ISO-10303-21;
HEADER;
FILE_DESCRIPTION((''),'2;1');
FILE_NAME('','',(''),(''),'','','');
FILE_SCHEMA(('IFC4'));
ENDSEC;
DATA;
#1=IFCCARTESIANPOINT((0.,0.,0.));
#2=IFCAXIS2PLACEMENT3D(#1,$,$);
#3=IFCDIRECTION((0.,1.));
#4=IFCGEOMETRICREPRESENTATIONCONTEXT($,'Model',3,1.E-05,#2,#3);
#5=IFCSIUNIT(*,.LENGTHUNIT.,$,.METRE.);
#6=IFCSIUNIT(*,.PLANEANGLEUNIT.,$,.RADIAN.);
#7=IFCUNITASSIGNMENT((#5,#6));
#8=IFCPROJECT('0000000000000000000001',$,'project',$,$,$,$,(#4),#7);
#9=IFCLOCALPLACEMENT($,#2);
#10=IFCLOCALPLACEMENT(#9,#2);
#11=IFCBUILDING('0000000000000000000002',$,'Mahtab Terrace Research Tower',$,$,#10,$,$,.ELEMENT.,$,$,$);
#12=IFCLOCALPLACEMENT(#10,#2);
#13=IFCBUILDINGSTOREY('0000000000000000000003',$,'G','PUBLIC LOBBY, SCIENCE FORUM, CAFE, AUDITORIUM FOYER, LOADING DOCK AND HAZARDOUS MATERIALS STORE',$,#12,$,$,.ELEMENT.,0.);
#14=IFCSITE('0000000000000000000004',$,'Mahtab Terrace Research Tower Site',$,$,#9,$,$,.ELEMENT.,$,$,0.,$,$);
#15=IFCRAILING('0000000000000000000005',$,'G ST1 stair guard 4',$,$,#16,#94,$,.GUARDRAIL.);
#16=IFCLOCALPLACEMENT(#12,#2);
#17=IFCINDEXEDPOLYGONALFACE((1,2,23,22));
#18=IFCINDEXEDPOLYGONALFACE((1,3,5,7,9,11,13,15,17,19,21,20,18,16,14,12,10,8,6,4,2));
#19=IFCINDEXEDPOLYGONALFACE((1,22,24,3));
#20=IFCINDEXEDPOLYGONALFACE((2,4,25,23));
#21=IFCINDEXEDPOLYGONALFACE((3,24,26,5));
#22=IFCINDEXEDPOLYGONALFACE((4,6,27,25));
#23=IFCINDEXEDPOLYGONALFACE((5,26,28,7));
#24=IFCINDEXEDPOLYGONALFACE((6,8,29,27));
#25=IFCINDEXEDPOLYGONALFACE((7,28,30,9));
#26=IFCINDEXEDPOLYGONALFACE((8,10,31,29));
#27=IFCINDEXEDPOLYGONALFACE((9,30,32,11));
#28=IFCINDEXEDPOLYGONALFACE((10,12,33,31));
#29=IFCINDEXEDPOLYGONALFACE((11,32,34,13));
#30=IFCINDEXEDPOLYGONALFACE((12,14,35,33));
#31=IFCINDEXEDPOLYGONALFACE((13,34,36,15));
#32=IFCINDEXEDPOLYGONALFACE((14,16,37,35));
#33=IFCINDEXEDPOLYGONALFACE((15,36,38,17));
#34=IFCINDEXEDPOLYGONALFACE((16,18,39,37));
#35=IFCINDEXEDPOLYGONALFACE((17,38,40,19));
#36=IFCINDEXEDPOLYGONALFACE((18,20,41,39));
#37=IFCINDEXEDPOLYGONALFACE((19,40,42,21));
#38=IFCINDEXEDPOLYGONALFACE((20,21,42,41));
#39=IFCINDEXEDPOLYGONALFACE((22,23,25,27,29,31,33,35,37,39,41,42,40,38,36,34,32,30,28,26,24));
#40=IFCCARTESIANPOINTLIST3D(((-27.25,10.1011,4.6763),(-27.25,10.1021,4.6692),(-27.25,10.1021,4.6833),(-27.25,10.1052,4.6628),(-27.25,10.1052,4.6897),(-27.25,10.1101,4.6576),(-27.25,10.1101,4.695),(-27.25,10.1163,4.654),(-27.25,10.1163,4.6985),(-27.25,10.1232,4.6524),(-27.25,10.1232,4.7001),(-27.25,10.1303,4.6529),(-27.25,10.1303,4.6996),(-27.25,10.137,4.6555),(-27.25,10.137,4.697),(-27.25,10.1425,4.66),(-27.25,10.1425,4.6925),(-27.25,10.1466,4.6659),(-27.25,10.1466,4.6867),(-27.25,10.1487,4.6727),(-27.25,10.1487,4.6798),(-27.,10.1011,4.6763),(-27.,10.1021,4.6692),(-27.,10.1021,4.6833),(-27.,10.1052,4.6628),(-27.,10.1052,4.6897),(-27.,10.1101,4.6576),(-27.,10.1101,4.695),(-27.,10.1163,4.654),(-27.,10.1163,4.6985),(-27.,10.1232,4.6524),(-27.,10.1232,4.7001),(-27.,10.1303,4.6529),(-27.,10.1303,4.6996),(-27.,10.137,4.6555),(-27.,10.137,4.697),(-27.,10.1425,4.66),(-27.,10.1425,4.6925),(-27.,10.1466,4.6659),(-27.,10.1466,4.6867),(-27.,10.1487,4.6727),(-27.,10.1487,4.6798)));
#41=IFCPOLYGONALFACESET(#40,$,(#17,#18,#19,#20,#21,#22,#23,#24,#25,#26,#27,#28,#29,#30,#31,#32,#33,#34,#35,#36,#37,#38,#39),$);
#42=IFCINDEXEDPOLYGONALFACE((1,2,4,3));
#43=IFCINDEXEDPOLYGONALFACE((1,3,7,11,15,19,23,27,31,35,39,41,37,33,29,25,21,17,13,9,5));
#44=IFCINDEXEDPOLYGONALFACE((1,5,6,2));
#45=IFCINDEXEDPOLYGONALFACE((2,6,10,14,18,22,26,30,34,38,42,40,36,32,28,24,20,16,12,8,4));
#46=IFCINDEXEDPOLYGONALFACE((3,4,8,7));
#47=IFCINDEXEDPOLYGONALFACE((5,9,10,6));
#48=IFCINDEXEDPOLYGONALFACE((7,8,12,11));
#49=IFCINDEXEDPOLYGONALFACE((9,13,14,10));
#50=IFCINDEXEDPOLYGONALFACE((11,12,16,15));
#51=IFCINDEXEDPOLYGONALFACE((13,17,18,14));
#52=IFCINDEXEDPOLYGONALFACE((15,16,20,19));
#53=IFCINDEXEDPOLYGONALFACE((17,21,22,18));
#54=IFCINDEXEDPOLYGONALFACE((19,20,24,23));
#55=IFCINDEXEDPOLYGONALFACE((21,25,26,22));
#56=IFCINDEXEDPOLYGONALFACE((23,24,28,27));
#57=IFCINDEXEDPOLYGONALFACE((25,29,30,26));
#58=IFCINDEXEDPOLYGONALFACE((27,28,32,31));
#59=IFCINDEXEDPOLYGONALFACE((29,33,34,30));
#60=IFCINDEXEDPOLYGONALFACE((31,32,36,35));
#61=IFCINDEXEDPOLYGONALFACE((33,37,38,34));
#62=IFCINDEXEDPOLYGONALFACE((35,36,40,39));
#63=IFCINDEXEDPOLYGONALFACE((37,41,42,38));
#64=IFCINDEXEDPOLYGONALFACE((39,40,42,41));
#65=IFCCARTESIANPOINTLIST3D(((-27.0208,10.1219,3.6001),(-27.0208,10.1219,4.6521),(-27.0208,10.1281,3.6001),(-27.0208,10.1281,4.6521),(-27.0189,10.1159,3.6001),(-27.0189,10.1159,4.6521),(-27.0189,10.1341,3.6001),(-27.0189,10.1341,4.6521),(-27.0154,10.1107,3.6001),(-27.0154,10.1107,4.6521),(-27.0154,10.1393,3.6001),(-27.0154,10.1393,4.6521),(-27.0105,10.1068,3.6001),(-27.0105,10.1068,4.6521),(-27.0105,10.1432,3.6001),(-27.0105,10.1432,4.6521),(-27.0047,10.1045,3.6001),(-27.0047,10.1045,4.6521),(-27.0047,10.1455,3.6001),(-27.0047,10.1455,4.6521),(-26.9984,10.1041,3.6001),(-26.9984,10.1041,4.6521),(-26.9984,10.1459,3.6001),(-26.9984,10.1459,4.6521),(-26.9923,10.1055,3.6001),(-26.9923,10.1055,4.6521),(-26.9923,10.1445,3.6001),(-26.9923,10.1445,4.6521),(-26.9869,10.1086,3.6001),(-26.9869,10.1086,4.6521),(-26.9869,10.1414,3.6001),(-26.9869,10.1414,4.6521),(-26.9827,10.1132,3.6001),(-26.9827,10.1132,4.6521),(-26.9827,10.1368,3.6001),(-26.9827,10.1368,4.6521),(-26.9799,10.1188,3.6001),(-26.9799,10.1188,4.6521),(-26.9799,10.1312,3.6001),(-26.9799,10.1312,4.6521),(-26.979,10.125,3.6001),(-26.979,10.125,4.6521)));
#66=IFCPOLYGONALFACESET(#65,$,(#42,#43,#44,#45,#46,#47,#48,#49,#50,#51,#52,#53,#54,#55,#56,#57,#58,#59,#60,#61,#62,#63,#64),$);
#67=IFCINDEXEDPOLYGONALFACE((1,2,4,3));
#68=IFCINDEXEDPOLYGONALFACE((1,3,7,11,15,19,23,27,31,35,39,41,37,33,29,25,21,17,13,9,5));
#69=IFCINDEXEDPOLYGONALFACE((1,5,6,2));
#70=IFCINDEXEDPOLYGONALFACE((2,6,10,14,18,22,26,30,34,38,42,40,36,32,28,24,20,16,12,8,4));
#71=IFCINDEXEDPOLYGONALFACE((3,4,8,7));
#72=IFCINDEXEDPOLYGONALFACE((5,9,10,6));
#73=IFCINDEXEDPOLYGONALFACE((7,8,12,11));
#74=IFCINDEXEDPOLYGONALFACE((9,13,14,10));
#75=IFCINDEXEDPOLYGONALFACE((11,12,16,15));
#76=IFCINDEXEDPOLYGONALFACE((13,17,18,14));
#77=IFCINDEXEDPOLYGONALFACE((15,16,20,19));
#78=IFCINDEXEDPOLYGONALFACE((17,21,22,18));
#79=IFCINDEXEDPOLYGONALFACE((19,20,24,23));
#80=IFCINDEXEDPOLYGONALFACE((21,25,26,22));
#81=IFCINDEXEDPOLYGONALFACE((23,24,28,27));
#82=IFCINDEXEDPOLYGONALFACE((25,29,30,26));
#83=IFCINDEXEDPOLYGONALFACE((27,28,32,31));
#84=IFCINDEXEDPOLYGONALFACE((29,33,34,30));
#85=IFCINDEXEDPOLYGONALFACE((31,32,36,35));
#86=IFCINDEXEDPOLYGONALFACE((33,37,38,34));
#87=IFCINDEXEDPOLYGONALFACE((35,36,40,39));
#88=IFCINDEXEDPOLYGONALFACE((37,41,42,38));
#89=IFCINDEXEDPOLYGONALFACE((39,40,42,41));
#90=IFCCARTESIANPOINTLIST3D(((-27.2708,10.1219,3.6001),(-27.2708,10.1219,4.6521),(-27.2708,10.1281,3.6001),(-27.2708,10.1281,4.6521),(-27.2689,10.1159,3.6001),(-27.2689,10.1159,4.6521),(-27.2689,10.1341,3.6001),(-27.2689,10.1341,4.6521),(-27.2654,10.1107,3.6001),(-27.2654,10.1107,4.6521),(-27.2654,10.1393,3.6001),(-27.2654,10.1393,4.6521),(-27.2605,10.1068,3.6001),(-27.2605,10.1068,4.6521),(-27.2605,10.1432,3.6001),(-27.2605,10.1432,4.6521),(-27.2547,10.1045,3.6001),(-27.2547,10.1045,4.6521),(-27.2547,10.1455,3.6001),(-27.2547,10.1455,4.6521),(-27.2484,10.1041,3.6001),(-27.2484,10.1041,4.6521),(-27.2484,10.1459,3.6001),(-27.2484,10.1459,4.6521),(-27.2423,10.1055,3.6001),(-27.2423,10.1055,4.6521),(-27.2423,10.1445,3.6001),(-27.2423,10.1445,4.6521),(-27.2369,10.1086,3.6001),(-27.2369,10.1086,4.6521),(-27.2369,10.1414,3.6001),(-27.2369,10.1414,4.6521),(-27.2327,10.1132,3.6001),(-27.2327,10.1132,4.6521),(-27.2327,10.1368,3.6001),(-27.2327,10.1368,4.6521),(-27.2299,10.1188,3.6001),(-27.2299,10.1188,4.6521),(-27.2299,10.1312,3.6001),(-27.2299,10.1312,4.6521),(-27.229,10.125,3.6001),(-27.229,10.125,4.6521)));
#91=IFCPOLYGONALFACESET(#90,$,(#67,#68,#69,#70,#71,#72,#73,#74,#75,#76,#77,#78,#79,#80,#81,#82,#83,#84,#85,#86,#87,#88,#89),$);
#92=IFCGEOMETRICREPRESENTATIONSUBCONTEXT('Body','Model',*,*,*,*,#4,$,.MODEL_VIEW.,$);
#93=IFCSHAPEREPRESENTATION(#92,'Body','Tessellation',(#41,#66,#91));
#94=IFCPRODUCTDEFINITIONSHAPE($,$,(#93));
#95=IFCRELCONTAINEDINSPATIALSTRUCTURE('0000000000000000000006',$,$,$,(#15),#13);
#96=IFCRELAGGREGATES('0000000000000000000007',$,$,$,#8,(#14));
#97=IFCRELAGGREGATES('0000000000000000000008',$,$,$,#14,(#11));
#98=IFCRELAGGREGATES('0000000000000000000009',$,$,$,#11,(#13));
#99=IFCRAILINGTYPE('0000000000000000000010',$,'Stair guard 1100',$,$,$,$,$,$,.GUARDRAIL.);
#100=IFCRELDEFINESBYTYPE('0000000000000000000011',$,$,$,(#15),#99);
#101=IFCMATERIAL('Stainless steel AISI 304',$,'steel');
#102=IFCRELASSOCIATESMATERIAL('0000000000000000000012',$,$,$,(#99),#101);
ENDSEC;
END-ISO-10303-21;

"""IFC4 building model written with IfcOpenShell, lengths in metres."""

from ifc_helpers import new_model, si_unit, direction, frame, origin, origin_2d, place, context, subcontext, project, spatial, circle, extrude, material, type_object, element, save


model = new_model("IFC4")

# Units and contexts
model_context = context("Model", 3, precision=1e-05, world=origin(), true_north=direction((0.0, 1.0)))
body_context = subcontext(model_context, "Body", "Model", "MODEL_VIEW")
ifc_project = project(units=[si_unit("LENGTHUNIT", "METRE"), si_unit("PLANEANGLEUNIT", "RADIAN")], contexts=[model_context])

# Site, building, storey
site_placement = place(None, origin())
site = spatial("IfcSite", under=ifc_project, at=site_placement, Name="Mahtab Terrace Research Tower Site", CompositionType="ELEMENT", RefElevation=0.0)
building_placement = place(site_placement, origin())
building = spatial("IfcBuilding", under=site, at=building_placement, Name="Mahtab Terrace Research Tower", CompositionType="ELEMENT")
storey_placement = place(building_placement, origin())
storey = spatial("IfcBuildingStorey", under=building, at=storey_placement, Name="G", Description="PUBLIC LOBBY, SCIENCE FORUM, CAFE, AUDITORIUM FOYER, LOADING DOCK AND HAZARDOUS MATERIALS STORE", CompositionType="ELEMENT", Elevation=0.0)

# Railing
ifc_material_1 = material(Name="Stainless steel AISI 304", Category="steel")
railing_type = type_object("IfcRailingType", Name="Stair guard 1100", PredefinedType="GUARDRAIL", material=ifc_material_1)
railing_1_placement = place(storey_placement, frame((-27.0, 10.125, 3.6001)))
element("IfcRailing", 1, at=railing_1_placement, inside=storey, type_object=railing_type, Name="G ST1 stair guard 4", PredefinedType="GUARDRAIL", context=body_context, shape_type="SweptSolid", body=[
    extrude(circle(Radius=0.0239, at=origin_2d()), frame((0.0, 0.0, 1.0762), z_axis=(-1.0, 0.0, 0.0), x_axis=(0.0, -1.0, 0.0)), (0.0, 0.0, 1.0), 0.25),
    extrude(circle(Radius=0.021, at=origin_2d()), origin(), (0.0, 0.0, 1.0), 1.052),
    extrude(circle(Radius=0.021, at=origin_2d()), frame((-0.25, 0.0, 0.0)), (0.0, 0.0, 1.0), 1.052),
])

save(model, "model.ifc")
